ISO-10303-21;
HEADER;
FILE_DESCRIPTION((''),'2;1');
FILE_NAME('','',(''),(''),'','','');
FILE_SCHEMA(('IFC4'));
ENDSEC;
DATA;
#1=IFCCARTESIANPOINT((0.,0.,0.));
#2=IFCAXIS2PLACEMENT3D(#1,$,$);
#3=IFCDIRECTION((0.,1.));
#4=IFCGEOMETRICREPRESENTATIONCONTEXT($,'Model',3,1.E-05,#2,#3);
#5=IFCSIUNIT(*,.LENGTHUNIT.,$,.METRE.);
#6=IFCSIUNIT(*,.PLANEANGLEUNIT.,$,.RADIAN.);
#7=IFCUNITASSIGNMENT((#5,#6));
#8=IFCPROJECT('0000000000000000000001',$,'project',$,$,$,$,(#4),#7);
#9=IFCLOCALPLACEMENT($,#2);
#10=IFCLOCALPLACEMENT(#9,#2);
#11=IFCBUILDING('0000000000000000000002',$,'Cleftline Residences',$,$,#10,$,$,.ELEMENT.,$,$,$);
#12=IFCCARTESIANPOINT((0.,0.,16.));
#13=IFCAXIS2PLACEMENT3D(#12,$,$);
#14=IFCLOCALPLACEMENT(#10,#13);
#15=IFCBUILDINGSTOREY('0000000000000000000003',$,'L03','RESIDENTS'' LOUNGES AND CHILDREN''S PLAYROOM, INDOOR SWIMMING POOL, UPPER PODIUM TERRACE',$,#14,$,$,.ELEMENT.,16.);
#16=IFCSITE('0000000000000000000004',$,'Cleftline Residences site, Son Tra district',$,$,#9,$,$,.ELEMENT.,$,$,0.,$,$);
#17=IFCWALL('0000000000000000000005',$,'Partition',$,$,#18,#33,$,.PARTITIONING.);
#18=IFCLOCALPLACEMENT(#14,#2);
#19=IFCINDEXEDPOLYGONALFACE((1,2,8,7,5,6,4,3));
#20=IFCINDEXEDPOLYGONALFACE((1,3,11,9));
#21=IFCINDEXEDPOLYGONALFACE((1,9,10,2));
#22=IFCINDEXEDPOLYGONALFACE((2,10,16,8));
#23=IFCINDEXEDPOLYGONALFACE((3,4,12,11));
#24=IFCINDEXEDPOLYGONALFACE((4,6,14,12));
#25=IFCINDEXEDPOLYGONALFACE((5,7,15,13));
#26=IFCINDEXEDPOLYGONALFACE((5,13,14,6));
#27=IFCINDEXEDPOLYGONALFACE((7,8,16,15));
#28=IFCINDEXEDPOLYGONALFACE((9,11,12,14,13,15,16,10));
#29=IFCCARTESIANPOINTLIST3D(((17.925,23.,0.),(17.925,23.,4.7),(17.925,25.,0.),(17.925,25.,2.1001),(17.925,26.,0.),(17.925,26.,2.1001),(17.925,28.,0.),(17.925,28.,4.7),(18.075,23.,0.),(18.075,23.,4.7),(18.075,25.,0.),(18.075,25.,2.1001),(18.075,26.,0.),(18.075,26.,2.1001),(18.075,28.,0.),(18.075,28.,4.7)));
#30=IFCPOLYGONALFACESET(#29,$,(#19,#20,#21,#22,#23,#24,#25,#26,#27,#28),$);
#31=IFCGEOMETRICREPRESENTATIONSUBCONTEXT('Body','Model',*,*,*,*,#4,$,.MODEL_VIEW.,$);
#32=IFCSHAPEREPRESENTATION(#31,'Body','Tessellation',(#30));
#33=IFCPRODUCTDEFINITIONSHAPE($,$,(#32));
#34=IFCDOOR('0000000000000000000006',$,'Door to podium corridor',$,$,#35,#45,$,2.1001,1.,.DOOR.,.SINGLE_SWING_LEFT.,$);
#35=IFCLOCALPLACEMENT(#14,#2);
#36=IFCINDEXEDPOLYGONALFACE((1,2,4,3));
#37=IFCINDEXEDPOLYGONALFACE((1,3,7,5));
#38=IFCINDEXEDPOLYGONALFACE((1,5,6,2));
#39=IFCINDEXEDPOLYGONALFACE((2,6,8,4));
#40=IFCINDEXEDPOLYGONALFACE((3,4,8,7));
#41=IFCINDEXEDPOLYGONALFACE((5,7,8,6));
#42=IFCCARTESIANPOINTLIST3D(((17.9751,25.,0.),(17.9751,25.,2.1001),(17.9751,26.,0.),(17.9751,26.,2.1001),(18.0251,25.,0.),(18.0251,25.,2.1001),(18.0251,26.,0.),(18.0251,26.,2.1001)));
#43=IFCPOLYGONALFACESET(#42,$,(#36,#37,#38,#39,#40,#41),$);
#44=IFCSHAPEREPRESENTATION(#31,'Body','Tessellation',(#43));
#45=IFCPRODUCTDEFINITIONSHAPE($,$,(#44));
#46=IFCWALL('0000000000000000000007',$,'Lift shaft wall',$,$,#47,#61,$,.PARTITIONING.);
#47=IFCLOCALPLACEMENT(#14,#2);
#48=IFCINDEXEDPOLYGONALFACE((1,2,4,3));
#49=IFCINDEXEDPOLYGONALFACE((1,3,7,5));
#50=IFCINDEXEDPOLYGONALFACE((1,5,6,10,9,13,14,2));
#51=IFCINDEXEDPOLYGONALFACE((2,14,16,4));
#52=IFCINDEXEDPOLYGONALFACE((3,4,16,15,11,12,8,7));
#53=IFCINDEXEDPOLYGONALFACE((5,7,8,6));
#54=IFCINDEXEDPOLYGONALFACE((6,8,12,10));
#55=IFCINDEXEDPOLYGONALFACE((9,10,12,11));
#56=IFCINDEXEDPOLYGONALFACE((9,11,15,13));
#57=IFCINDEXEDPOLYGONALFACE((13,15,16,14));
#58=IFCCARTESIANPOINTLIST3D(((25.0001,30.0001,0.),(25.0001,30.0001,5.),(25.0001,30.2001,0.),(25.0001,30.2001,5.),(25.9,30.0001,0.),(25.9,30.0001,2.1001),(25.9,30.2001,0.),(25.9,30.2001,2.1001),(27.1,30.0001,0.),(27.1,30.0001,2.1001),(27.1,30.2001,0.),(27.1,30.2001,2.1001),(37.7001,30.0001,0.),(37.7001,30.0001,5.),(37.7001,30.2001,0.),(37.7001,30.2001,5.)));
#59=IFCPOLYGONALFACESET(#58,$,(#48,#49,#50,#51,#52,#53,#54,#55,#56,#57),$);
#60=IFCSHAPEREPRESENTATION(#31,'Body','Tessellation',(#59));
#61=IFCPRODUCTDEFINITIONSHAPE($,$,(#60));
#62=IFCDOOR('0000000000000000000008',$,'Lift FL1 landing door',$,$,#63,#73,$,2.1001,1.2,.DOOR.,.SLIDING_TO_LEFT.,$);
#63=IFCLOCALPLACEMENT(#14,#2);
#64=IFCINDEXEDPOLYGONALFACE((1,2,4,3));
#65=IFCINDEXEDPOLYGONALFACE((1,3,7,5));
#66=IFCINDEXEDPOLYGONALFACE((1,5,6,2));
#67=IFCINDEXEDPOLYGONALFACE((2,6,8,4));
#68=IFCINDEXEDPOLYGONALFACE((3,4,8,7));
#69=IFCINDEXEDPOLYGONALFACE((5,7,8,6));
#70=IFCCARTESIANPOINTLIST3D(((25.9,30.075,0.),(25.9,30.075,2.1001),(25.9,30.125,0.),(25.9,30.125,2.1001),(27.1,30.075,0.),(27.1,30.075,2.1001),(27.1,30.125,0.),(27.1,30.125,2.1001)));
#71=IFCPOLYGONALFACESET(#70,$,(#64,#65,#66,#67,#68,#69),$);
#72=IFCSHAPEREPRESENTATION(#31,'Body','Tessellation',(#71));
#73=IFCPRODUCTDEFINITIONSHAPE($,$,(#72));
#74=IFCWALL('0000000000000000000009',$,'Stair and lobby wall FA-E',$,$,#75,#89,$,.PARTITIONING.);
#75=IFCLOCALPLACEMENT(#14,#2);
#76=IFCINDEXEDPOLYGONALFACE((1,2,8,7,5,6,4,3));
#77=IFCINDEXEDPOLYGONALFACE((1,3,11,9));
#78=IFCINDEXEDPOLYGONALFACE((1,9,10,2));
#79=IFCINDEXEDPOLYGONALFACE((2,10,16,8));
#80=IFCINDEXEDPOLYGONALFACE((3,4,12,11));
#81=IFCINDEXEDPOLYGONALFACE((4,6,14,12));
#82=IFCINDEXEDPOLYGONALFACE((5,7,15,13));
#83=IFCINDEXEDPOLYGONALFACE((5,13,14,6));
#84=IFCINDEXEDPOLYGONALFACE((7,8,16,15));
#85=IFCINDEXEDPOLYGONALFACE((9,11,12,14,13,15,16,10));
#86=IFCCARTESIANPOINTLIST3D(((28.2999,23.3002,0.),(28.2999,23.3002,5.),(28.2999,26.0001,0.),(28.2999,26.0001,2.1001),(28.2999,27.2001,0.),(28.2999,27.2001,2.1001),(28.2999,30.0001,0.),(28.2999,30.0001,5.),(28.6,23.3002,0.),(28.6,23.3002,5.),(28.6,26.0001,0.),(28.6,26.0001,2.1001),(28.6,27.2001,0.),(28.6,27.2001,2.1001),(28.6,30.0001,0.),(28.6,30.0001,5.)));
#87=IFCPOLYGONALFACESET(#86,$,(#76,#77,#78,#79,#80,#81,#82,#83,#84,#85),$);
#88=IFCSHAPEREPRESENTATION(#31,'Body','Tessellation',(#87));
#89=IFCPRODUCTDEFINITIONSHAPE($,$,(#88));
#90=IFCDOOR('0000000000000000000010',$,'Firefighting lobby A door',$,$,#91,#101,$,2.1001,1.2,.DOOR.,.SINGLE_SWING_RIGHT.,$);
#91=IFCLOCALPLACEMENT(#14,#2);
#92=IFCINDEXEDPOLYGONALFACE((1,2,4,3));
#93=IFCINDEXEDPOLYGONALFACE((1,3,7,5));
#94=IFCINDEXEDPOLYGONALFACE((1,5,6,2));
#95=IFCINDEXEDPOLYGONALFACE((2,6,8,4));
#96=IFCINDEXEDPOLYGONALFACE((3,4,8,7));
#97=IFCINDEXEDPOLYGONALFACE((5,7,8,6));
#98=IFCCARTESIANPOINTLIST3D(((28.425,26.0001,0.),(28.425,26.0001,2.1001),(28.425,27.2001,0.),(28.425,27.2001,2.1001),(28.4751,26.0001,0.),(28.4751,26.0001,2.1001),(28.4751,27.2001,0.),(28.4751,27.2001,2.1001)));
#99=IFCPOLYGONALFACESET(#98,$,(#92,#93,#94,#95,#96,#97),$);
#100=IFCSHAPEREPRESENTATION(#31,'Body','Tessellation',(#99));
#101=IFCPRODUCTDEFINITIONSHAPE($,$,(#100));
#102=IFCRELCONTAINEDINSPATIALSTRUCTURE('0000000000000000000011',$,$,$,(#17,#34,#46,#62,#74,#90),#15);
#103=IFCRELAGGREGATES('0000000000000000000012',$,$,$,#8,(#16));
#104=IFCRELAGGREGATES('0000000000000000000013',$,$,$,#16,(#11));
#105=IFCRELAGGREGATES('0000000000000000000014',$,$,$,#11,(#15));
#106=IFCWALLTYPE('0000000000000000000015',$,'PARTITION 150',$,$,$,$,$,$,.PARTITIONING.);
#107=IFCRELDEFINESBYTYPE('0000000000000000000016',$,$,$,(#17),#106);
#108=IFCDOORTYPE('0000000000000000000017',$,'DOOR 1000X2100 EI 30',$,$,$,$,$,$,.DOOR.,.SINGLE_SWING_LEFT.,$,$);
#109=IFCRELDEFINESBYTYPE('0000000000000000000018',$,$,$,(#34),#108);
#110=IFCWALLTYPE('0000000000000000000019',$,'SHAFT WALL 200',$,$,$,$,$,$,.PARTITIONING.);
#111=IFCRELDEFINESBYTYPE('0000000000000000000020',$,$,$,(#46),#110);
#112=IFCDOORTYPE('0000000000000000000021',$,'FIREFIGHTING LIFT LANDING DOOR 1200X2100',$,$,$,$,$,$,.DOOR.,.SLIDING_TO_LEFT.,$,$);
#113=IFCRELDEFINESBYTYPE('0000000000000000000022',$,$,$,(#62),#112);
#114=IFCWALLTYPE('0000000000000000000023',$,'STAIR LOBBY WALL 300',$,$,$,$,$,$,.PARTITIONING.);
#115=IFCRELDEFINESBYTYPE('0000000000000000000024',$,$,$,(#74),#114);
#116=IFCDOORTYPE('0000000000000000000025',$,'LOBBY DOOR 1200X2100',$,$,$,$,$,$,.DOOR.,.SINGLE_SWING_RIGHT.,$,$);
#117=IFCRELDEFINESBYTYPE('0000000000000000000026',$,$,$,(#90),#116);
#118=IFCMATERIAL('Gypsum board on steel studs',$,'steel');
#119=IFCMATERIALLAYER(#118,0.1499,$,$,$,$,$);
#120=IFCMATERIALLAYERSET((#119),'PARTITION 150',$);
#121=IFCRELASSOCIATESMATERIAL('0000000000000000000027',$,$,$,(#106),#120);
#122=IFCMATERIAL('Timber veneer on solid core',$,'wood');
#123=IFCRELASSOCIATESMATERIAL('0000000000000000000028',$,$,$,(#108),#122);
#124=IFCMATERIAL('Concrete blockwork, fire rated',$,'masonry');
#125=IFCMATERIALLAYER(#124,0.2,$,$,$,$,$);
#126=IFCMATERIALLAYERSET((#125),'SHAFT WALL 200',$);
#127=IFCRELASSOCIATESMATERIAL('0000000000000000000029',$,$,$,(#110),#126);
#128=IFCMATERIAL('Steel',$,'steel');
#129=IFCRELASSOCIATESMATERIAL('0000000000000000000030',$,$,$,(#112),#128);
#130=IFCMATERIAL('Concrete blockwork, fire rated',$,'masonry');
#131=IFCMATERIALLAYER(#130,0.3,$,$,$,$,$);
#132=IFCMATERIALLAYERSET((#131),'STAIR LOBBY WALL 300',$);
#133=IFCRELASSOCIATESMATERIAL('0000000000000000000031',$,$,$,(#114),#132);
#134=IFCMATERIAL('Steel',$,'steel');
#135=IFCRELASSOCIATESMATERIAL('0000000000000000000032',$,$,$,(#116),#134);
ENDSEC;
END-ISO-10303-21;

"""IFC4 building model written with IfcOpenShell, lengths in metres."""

from ifc_helpers import new_model, si_unit, direction, frame, frame_2d, origin, place, context, subcontext, project, spatial, rectangle, extrude, material, layer, layer_set, type_object, element, fill, save


model = new_model("IFC4")

# Units and contexts
model_context = context("Model", 3, precision=1e-05, world=origin(), true_north=direction((0.0, 1.0)))
body_context = subcontext(model_context, "Body", "Model", "MODEL_VIEW")
ifc_project = project(units=[si_unit("LENGTHUNIT", "METRE"), si_unit("PLANEANGLEUNIT", "RADIAN")], contexts=[model_context])

# Site, building, storey
site_placement = place(None, origin())
site = spatial("IfcSite", under=ifc_project, at=site_placement, Name="Cleftline Residences site, Son Tra district", CompositionType="ELEMENT", RefElevation=0.0)
building_placement = place(site_placement, origin())
building = spatial("IfcBuilding", under=site, at=building_placement, Name="Cleftline Residences", CompositionType="ELEMENT")
storey_placement = place(building_placement, frame((0.0, 0.0, 16.0)))
storey = spatial("IfcBuildingStorey", under=building, at=storey_placement, Name="L03", Description="RESIDENTS' LOUNGES AND CHILDREN'S PLAYROOM, INDOOR SWIMMING POOL, UPPER PODIUM TERRACE", CompositionType="ELEMENT", Elevation=16.0)

# Shared definitions
ifc_material_1 = material(Name="Gypsum board on steel studs", Category="steel")
ifc_layer_1 = layer(ifc_material_1, 0.1499)
ifc_layer_set_1 = layer_set([ifc_layer_1], Name="PARTITION 150")
wall_type_1 = type_object("IfcWallType", Name="PARTITION 150", PredefinedType="PARTITIONING", material=ifc_layer_set_1)

# Walls, openings, doors
wall_1_placement = place(storey_placement, frame((18.0, 23.0, 0.0), z_axis=(0.0, 0.0, 1.0), x_axis=(0.0, 1.0, 0.0)))
wall_1 = element("IfcWall", 1, at=wall_1_placement, inside=storey, type_object=wall_type_1, Name="Partition", PredefinedType="PARTITIONING", context=body_context, shape_type="SweptSolid", body=[
    extrude(rectangle(XDim=5.0, YDim=0.1499, at=frame_2d((2.5, 0.0))), origin(), (0.0, 0.0, 1.0), 4.7),
])
opening_1_placement = place(wall_1_placement, frame((2.0, 0.0, 0.0)))
opening_1 = element("IfcOpeningElement", 2, at=opening_1_placement, cuts=wall_1, PredefinedType="OPENING", context=body_context, shape_type="SweptSolid", body=[
    extrude(rectangle(XDim=1.0, YDim=2.1001, at=frame_2d((0.5, 1.05))), frame((0.0, 0.085, 0.0), z_axis=(0.0, -1.0, 0.0), x_axis=(1.0, 0.0, 0.0)), (0.0, 0.0, 1.0), 0.1699),
])
ifc_material_2 = material(Name="Timber veneer on solid core", Category="wood")
door_type_1 = type_object("IfcDoorType", Name="DOOR 1000X2100 EI 30", OperationType="SINGLE_SWING_LEFT", PredefinedType="DOOR", material=ifc_material_2)
door_1_placement = place(opening_1_placement, origin())
door_1 = element("IfcDoor", 3, at=door_1_placement, inside=storey, type_object=door_type_1, Name="Door to podium corridor", OperationType="SINGLE_SWING_LEFT", OverallHeight=2.1001, OverallWidth=1.0, PredefinedType="DOOR", context=body_context, shape_type="SweptSolid", body=[
    extrude(rectangle(XDim=1.0, YDim=2.1001, at=frame_2d((0.5, 1.05))), frame((0.0, 0.0249, 0.0), z_axis=(0.0, -1.0, 0.0), x_axis=(1.0, 0.0, 0.0)), (0.0, 0.0, 1.0), 0.05),
])
fill(opening_1, door_1)
ifc_material_3 = material(Name="Concrete blockwork, fire rated", Category="masonry")
ifc_layer_2 = layer(ifc_material_3, 0.2)
ifc_layer_set_2 = layer_set([ifc_layer_2], Name="SHAFT WALL 200")
wall_type_2 = type_object("IfcWallType", Name="SHAFT WALL 200", PredefinedType="PARTITIONING", material=ifc_layer_set_2)
wall_2_placement = place(storey_placement, frame((25.0, 30.1001, 0.0), z_axis=(0.0, 0.0, 1.0), x_axis=(1.0, 0.0, 0.0)))
wall_2 = element("IfcWall", 4, at=wall_2_placement, inside=storey, type_object=wall_type_2, Name="Lift shaft wall", PredefinedType="PARTITIONING", context=body_context, shape_type="SweptSolid", body=[
    extrude(rectangle(XDim=12.7, YDim=0.2, at=frame_2d((6.3501, 0.0))), origin(), (0.0, 0.0, 1.0), 5.0),
])
opening_2_placement = place(wall_2_placement, frame((0.8999, 0.0, 0.0)))
opening_2 = element("IfcOpeningElement", 5, at=opening_2_placement, cuts=wall_2, PredefinedType="OPENING", context=body_context, shape_type="SweptSolid", body=[
    extrude(rectangle(XDim=1.2, YDim=2.1001, at=frame_2d((0.6001, 1.05))), frame((0.0, 0.1099, 0.0), z_axis=(0.0, -1.0, 0.0), x_axis=(1.0, 0.0, 0.0)), (0.0, 0.0, 1.0), 0.22),
])
ifc_material_4 = material(Name="Steel", Category="steel")
door_type_2 = type_object("IfcDoorType", Name="FIREFIGHTING LIFT LANDING DOOR 1200X2100", OperationType="SLIDING_TO_LEFT", PredefinedType="DOOR", material=ifc_material_4)
door_2_placement = place(opening_2_placement, origin())
door_2 = element("IfcDoor", 6, at=door_2_placement, inside=storey, type_object=door_type_2, Name="Lift FL1 landing door", OperationType="SLIDING_TO_LEFT", OverallHeight=2.1001, OverallWidth=1.2, PredefinedType="DOOR", context=body_context, shape_type="SweptSolid", body=[
    extrude(rectangle(XDim=1.2, YDim=2.1001, at=frame_2d((0.6001, 1.05))), frame((0.0, 0.0249, 0.0), z_axis=(0.0, -1.0, 0.0), x_axis=(1.0, 0.0, 0.0)), (0.0, 0.0, 1.0), 0.05),
])
fill(opening_2, door_2)
ifc_material_5 = material(Name="Concrete blockwork, fire rated", Category="masonry")
ifc_layer_3 = layer(ifc_material_5, 0.3)
ifc_layer_set_3 = layer_set([ifc_layer_3], Name="STAIR LOBBY WALL 300")
wall_type_3 = type_object("IfcWallType", Name="STAIR LOBBY WALL 300", PredefinedType="PARTITIONING", material=ifc_layer_set_3)
wall_3_placement = place(storey_placement, frame((28.45, 23.3, 0.0), z_axis=(0.0, 0.0, 1.0), x_axis=(0.0, 1.0, 0.0)))
wall_3 = element("IfcWall", 7, at=wall_3_placement, inside=storey, type_object=wall_type_3, Name="Stair and lobby wall FA-E", PredefinedType="PARTITIONING", context=body_context, shape_type="SweptSolid", body=[
    extrude(rectangle(XDim=6.7, YDim=0.3, at=frame_2d((3.3501, 0.0))), origin(), (0.0, 0.0, 1.0), 5.0),
])
opening_3_placement = place(wall_3_placement, frame((2.7, 0.0, 0.0)))
opening_3 = element("IfcOpeningElement", 8, at=opening_3_placement, cuts=wall_3, PredefinedType="OPENING", context=body_context, shape_type="SweptSolid", body=[
    extrude(rectangle(XDim=1.2, YDim=2.1001, at=frame_2d((0.6001, 1.05))), frame((0.0, 0.1599, 0.0), z_axis=(0.0, -1.0, 0.0), x_axis=(1.0, 0.0, 0.0)), (0.0, 0.0, 1.0), 0.3201),
])
ifc_material_6 = material(Name="Steel", Category="steel")
door_type_3 = type_object("IfcDoorType", Name="LOBBY DOOR 1200X2100", OperationType="SINGLE_SWING_RIGHT", PredefinedType="DOOR", material=ifc_material_6)
door_3_placement = place(opening_3_placement, origin())
door_3 = element("IfcDoor", 9, at=door_3_placement, inside=storey, type_object=door_type_3, Name="Firefighting lobby A door", OperationType="SINGLE_SWING_RIGHT", OverallHeight=2.1001, OverallWidth=1.2, PredefinedType="DOOR", context=body_context, shape_type="SweptSolid", body=[
    extrude(rectangle(XDim=1.2, YDim=2.1001, at=frame_2d((0.6001, 1.05))), frame((0.0, 0.0249, 0.0), z_axis=(0.0, -1.0, 0.0), x_axis=(1.0, 0.0, 0.0)), (0.0, 0.0, 1.0), 0.05),
])
fill(opening_3, door_3)

save(model, "model.ifc")
